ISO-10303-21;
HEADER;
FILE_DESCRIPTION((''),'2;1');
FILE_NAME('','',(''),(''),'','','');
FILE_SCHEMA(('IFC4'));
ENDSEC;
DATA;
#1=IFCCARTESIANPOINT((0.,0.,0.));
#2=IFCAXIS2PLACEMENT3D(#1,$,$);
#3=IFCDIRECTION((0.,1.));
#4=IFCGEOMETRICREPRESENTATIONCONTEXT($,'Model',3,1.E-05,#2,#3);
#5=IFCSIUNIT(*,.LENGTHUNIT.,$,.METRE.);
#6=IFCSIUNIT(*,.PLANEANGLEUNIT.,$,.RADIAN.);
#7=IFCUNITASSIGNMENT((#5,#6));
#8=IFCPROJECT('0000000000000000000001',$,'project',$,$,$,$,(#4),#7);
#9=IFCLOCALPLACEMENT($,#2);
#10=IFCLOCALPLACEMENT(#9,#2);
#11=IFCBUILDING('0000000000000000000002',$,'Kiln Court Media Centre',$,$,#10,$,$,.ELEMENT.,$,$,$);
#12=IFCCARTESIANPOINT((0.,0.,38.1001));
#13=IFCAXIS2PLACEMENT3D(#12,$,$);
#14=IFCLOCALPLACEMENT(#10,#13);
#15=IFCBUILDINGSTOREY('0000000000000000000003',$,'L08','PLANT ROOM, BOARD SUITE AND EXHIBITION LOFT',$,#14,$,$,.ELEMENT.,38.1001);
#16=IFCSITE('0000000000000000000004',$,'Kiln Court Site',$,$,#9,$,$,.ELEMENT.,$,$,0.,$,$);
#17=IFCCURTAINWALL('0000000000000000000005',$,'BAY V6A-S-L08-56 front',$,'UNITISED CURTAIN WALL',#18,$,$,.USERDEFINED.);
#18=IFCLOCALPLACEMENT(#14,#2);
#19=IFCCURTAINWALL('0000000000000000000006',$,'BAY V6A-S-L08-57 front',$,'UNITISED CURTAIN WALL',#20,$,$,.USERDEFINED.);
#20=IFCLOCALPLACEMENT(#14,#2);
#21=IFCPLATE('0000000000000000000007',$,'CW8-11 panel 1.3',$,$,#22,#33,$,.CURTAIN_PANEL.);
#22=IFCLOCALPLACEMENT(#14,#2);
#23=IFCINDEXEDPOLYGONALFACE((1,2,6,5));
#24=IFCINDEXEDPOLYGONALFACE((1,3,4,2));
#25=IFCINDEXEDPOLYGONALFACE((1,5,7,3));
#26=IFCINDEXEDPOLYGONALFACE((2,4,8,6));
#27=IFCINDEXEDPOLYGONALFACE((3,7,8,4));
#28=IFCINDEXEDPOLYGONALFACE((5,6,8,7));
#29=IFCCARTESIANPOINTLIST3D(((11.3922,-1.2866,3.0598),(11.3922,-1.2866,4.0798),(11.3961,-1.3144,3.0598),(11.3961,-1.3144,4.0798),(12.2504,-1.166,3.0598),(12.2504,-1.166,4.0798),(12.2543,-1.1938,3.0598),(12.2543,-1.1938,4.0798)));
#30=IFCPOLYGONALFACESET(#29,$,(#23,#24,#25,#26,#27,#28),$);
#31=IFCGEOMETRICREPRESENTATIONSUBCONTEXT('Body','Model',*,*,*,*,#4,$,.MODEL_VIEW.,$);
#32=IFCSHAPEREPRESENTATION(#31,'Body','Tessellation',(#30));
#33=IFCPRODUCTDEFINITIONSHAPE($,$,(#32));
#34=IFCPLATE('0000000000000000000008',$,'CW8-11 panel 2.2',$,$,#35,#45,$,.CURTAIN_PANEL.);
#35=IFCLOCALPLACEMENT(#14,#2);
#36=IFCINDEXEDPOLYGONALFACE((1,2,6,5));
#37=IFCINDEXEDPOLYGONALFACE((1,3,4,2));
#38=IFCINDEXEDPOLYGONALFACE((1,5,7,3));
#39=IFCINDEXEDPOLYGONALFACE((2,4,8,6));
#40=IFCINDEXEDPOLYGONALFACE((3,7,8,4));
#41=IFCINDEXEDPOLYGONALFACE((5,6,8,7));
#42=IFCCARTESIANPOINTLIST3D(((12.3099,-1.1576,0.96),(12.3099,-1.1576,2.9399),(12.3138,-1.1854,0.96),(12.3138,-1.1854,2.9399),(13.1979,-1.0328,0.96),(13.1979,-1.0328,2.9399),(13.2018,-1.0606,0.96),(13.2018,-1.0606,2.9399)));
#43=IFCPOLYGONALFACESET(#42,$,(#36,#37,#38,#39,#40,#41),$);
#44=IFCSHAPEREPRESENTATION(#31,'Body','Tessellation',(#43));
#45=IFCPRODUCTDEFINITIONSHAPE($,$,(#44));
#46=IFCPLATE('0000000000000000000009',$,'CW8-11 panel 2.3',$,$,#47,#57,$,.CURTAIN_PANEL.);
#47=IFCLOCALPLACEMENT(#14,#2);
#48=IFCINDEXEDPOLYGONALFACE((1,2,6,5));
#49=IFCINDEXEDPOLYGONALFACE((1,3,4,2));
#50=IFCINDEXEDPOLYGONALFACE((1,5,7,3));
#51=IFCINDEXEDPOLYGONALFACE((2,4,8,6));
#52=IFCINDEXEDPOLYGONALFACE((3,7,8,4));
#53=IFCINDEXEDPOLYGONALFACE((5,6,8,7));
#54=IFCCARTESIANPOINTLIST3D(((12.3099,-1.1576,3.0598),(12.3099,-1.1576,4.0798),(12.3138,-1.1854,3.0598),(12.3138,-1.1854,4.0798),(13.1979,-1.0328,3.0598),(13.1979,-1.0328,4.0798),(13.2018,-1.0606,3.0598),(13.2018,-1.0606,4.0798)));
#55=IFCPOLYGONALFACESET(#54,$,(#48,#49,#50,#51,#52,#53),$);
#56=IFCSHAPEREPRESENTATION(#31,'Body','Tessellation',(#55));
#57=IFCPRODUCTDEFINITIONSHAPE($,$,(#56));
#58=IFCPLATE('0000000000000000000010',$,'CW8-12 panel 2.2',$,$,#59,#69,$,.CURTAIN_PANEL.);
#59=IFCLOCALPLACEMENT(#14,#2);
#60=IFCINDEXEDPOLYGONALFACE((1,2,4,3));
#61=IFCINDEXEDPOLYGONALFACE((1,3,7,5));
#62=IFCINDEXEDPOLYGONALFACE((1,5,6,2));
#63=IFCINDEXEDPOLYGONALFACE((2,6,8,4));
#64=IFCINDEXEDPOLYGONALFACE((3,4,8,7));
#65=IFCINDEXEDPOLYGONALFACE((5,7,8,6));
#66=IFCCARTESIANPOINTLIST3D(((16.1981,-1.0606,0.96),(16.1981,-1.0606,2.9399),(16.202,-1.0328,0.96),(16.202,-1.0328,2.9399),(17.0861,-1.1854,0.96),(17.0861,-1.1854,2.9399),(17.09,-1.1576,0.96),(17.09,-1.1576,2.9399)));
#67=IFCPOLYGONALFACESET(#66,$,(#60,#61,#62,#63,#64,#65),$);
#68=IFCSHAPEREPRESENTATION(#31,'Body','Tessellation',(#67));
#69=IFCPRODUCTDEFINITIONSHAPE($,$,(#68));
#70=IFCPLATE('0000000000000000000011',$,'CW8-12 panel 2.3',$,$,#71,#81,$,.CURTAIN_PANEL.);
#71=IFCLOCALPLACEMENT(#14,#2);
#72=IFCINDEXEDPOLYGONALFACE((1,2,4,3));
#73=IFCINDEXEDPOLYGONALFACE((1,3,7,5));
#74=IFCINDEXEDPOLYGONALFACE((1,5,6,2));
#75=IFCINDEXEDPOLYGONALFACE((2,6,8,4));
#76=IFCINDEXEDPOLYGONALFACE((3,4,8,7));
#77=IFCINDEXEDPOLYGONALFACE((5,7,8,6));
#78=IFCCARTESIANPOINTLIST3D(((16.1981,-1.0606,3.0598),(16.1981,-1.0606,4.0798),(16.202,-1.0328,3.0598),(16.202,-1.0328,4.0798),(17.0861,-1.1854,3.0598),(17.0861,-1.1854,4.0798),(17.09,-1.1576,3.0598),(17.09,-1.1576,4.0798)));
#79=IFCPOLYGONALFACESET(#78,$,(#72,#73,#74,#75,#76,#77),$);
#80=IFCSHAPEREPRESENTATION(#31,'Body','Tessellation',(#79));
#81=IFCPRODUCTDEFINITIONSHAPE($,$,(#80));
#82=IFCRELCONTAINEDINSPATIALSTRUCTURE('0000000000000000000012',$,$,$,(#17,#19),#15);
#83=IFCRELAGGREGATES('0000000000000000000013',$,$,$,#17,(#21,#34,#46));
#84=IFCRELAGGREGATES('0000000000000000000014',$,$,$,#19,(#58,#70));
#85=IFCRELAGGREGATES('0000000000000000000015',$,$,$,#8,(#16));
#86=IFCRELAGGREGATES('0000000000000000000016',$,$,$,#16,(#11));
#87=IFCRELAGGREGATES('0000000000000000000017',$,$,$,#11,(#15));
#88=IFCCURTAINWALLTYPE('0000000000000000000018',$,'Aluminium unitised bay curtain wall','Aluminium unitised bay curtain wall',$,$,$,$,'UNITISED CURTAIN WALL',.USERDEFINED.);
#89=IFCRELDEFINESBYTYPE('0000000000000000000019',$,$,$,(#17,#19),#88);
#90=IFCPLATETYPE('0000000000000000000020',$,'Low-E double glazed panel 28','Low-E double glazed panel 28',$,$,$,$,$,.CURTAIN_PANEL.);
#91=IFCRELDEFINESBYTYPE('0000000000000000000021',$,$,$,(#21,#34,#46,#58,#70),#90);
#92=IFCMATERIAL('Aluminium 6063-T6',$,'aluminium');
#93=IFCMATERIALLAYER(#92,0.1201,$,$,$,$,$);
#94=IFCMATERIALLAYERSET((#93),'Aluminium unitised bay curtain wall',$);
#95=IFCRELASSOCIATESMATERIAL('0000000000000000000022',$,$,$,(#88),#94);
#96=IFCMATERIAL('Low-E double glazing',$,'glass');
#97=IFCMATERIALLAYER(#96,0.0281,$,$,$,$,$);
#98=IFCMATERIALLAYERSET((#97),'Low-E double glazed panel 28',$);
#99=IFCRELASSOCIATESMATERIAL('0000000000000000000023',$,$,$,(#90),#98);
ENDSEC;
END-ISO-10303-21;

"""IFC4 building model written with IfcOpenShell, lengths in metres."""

from ifc_helpers import new_model, si_unit, direction, frame, origin, origin_2d, place, context, subcontext, project, spatial, rectangle, extrude, material, layer, layer_set, type_object, element, aggregate, save


model = new_model("IFC4")

# Units and contexts
model_context = context("Model", 3, precision=1e-05, world=origin(), true_north=direction((0.0, 1.0)))
body_context = subcontext(model_context, "Body", "Model", "MODEL_VIEW")
ifc_project = project(units=[si_unit("LENGTHUNIT", "METRE"), si_unit("PLANEANGLEUNIT", "RADIAN")], contexts=[model_context])

# Site, building, storey
site_placement = place(None, origin())
site = spatial("IfcSite", under=ifc_project, at=site_placement, Name="Kiln Court Site", CompositionType="ELEMENT", RefElevation=0.0)
building_placement = place(site_placement, origin())
building = spatial("IfcBuilding", under=site, at=building_placement, Name="Kiln Court Media Centre", CompositionType="ELEMENT")
storey_placement = place(building_placement, frame((0.0, 0.0, 38.1001)))
storey = spatial("IfcBuildingStorey", under=building, at=storey_placement, Name="L08", Description="PLANT ROOM, BOARD SUITE AND EXHIBITION LOFT", CompositionType="ELEMENT", Elevation=38.1001)

# Shared definitions
ifc_material_1 = material(Name="Aluminium 6063-T6", Category="aluminium")
ifc_layer_1 = layer(ifc_material_1, 0.1201)
ifc_layer_set_1 = layer_set([ifc_layer_1], Name="Aluminium unitised bay curtain wall")
curtain_wall_type = type_object("IfcCurtainWallType", Name="Aluminium unitised bay curtain wall", Description="Aluminium unitised bay curtain wall", ElementType="UNITISED CURTAIN WALL", PredefinedType="USERDEFINED", material=ifc_layer_set_1)

# Curtain wall
curtain_wall_1_placement = place(storey_placement, origin())
curtain_wall_1 = element("IfcCurtainWall", 1, at=curtain_wall_1_placement, inside=storey, type_object=curtain_wall_type, Name="BAY V6A-S-L08-56 front", ObjectType="UNITISED CURTAIN WALL", PredefinedType="USERDEFINED")

# Curtain wall
curtain_wall_2_placement = place(storey_placement, origin())
curtain_wall_2 = element("IfcCurtainWall", 2, at=curtain_wall_2_placement, inside=storey, type_object=curtain_wall_type, Name="BAY V6A-S-L08-57 front", ObjectType="UNITISED CURTAIN WALL", PredefinedType="USERDEFINED")

# Plates
ifc_material_2 = material(Name="Low-E double glazing", Category="glass")
ifc_layer_2 = layer(ifc_material_2, 0.0281)
ifc_layer_set_2 = layer_set([ifc_layer_2], Name="Low-E double glazed panel 28")
plate_type_1 = type_object("IfcPlateType", Name="Low-E double glazed panel 28", Description="Low-E double glazed panel 28", PredefinedType="CURTAIN_PANEL", material=ifc_layer_set_2)
plate_1_placement = place(storey_placement, frame((11.8232, -1.2402, 3.0598), z_axis=(0.0, 0.0, 1.0), x_axis=(0.99027, 0.139162, 0.0)))
plate_1 = element("IfcPlate", 3, at=plate_1_placement, type_object=plate_type_1, Name="CW8-11 panel 1.3", PredefinedType="CURTAIN_PANEL", context=body_context, shape_type="SweptSolid", body=[
    extrude(rectangle(XDim=0.8667, YDim=0.0281, at=origin_2d()), origin(), (0.0, 0.0, 1.0), 1.02),
])
plate_2_placement = place(storey_placement, frame((12.7559, -1.1091, 0.96), z_axis=(0.0, 0.0, 1.0), x_axis=(0.99027, 0.139162, 0.0)))
plate_2 = element("IfcPlate", 4, at=plate_2_placement, type_object=plate_type_1, Name="CW8-11 panel 2.2", PredefinedType="CURTAIN_PANEL", context=body_context, shape_type="SweptSolid", body=[
    extrude(rectangle(XDim=0.8967, YDim=0.0281, at=origin_2d()), origin(), (0.0, 0.0, 1.0), 1.98),
])
plate_3_placement = place(storey_placement, frame((12.7559, -1.1091, 3.0598), z_axis=(0.0, 0.0, 1.0), x_axis=(0.99027, 0.139162, 0.0)))
plate_3 = element("IfcPlate", 5, at=plate_3_placement, type_object=plate_type_1, Name="CW8-11 panel 2.3", PredefinedType="CURTAIN_PANEL", context=body_context, shape_type="SweptSolid", body=[
    extrude(rectangle(XDim=0.8967, YDim=0.0281, at=origin_2d()), origin(), (0.0, 0.0, 1.0), 1.02),
])
aggregate(curtain_wall_1, [plate_1, plate_2, plate_3])
plate_4_placement = place(storey_placement, frame((16.644, -1.1091, 0.96), z_axis=(0.0, 0.0, 1.0), x_axis=(0.99027, -0.139162, 0.0)))
plate_4 = element("IfcPlate", 6, at=plate_4_placement, type_object=plate_type_1, Name="CW8-12 panel 2.2", PredefinedType="CURTAIN_PANEL", context=body_context, shape_type="SweptSolid", body=[
    extrude(rectangle(XDim=0.8967, YDim=0.0281, at=origin_2d()), origin(), (0.0, 0.0, 1.0), 1.98),
])
plate_5_placement = place(storey_placement, frame((16.644, -1.1091, 3.0598), z_axis=(0.0, 0.0, 1.0), x_axis=(0.99027, -0.139162, 0.0)))
plate_5 = element("IfcPlate", 7, at=plate_5_placement, type_object=plate_type_1, Name="CW8-12 panel 2.3", PredefinedType="CURTAIN_PANEL", context=body_context, shape_type="SweptSolid", body=[
    extrude(rectangle(XDim=0.8967, YDim=0.0281, at=origin_2d()), origin(), (0.0, 0.0, 1.0), 1.02),
])
aggregate(curtain_wall_2, [plate_4, plate_5])

save(model, "model.ifc")
